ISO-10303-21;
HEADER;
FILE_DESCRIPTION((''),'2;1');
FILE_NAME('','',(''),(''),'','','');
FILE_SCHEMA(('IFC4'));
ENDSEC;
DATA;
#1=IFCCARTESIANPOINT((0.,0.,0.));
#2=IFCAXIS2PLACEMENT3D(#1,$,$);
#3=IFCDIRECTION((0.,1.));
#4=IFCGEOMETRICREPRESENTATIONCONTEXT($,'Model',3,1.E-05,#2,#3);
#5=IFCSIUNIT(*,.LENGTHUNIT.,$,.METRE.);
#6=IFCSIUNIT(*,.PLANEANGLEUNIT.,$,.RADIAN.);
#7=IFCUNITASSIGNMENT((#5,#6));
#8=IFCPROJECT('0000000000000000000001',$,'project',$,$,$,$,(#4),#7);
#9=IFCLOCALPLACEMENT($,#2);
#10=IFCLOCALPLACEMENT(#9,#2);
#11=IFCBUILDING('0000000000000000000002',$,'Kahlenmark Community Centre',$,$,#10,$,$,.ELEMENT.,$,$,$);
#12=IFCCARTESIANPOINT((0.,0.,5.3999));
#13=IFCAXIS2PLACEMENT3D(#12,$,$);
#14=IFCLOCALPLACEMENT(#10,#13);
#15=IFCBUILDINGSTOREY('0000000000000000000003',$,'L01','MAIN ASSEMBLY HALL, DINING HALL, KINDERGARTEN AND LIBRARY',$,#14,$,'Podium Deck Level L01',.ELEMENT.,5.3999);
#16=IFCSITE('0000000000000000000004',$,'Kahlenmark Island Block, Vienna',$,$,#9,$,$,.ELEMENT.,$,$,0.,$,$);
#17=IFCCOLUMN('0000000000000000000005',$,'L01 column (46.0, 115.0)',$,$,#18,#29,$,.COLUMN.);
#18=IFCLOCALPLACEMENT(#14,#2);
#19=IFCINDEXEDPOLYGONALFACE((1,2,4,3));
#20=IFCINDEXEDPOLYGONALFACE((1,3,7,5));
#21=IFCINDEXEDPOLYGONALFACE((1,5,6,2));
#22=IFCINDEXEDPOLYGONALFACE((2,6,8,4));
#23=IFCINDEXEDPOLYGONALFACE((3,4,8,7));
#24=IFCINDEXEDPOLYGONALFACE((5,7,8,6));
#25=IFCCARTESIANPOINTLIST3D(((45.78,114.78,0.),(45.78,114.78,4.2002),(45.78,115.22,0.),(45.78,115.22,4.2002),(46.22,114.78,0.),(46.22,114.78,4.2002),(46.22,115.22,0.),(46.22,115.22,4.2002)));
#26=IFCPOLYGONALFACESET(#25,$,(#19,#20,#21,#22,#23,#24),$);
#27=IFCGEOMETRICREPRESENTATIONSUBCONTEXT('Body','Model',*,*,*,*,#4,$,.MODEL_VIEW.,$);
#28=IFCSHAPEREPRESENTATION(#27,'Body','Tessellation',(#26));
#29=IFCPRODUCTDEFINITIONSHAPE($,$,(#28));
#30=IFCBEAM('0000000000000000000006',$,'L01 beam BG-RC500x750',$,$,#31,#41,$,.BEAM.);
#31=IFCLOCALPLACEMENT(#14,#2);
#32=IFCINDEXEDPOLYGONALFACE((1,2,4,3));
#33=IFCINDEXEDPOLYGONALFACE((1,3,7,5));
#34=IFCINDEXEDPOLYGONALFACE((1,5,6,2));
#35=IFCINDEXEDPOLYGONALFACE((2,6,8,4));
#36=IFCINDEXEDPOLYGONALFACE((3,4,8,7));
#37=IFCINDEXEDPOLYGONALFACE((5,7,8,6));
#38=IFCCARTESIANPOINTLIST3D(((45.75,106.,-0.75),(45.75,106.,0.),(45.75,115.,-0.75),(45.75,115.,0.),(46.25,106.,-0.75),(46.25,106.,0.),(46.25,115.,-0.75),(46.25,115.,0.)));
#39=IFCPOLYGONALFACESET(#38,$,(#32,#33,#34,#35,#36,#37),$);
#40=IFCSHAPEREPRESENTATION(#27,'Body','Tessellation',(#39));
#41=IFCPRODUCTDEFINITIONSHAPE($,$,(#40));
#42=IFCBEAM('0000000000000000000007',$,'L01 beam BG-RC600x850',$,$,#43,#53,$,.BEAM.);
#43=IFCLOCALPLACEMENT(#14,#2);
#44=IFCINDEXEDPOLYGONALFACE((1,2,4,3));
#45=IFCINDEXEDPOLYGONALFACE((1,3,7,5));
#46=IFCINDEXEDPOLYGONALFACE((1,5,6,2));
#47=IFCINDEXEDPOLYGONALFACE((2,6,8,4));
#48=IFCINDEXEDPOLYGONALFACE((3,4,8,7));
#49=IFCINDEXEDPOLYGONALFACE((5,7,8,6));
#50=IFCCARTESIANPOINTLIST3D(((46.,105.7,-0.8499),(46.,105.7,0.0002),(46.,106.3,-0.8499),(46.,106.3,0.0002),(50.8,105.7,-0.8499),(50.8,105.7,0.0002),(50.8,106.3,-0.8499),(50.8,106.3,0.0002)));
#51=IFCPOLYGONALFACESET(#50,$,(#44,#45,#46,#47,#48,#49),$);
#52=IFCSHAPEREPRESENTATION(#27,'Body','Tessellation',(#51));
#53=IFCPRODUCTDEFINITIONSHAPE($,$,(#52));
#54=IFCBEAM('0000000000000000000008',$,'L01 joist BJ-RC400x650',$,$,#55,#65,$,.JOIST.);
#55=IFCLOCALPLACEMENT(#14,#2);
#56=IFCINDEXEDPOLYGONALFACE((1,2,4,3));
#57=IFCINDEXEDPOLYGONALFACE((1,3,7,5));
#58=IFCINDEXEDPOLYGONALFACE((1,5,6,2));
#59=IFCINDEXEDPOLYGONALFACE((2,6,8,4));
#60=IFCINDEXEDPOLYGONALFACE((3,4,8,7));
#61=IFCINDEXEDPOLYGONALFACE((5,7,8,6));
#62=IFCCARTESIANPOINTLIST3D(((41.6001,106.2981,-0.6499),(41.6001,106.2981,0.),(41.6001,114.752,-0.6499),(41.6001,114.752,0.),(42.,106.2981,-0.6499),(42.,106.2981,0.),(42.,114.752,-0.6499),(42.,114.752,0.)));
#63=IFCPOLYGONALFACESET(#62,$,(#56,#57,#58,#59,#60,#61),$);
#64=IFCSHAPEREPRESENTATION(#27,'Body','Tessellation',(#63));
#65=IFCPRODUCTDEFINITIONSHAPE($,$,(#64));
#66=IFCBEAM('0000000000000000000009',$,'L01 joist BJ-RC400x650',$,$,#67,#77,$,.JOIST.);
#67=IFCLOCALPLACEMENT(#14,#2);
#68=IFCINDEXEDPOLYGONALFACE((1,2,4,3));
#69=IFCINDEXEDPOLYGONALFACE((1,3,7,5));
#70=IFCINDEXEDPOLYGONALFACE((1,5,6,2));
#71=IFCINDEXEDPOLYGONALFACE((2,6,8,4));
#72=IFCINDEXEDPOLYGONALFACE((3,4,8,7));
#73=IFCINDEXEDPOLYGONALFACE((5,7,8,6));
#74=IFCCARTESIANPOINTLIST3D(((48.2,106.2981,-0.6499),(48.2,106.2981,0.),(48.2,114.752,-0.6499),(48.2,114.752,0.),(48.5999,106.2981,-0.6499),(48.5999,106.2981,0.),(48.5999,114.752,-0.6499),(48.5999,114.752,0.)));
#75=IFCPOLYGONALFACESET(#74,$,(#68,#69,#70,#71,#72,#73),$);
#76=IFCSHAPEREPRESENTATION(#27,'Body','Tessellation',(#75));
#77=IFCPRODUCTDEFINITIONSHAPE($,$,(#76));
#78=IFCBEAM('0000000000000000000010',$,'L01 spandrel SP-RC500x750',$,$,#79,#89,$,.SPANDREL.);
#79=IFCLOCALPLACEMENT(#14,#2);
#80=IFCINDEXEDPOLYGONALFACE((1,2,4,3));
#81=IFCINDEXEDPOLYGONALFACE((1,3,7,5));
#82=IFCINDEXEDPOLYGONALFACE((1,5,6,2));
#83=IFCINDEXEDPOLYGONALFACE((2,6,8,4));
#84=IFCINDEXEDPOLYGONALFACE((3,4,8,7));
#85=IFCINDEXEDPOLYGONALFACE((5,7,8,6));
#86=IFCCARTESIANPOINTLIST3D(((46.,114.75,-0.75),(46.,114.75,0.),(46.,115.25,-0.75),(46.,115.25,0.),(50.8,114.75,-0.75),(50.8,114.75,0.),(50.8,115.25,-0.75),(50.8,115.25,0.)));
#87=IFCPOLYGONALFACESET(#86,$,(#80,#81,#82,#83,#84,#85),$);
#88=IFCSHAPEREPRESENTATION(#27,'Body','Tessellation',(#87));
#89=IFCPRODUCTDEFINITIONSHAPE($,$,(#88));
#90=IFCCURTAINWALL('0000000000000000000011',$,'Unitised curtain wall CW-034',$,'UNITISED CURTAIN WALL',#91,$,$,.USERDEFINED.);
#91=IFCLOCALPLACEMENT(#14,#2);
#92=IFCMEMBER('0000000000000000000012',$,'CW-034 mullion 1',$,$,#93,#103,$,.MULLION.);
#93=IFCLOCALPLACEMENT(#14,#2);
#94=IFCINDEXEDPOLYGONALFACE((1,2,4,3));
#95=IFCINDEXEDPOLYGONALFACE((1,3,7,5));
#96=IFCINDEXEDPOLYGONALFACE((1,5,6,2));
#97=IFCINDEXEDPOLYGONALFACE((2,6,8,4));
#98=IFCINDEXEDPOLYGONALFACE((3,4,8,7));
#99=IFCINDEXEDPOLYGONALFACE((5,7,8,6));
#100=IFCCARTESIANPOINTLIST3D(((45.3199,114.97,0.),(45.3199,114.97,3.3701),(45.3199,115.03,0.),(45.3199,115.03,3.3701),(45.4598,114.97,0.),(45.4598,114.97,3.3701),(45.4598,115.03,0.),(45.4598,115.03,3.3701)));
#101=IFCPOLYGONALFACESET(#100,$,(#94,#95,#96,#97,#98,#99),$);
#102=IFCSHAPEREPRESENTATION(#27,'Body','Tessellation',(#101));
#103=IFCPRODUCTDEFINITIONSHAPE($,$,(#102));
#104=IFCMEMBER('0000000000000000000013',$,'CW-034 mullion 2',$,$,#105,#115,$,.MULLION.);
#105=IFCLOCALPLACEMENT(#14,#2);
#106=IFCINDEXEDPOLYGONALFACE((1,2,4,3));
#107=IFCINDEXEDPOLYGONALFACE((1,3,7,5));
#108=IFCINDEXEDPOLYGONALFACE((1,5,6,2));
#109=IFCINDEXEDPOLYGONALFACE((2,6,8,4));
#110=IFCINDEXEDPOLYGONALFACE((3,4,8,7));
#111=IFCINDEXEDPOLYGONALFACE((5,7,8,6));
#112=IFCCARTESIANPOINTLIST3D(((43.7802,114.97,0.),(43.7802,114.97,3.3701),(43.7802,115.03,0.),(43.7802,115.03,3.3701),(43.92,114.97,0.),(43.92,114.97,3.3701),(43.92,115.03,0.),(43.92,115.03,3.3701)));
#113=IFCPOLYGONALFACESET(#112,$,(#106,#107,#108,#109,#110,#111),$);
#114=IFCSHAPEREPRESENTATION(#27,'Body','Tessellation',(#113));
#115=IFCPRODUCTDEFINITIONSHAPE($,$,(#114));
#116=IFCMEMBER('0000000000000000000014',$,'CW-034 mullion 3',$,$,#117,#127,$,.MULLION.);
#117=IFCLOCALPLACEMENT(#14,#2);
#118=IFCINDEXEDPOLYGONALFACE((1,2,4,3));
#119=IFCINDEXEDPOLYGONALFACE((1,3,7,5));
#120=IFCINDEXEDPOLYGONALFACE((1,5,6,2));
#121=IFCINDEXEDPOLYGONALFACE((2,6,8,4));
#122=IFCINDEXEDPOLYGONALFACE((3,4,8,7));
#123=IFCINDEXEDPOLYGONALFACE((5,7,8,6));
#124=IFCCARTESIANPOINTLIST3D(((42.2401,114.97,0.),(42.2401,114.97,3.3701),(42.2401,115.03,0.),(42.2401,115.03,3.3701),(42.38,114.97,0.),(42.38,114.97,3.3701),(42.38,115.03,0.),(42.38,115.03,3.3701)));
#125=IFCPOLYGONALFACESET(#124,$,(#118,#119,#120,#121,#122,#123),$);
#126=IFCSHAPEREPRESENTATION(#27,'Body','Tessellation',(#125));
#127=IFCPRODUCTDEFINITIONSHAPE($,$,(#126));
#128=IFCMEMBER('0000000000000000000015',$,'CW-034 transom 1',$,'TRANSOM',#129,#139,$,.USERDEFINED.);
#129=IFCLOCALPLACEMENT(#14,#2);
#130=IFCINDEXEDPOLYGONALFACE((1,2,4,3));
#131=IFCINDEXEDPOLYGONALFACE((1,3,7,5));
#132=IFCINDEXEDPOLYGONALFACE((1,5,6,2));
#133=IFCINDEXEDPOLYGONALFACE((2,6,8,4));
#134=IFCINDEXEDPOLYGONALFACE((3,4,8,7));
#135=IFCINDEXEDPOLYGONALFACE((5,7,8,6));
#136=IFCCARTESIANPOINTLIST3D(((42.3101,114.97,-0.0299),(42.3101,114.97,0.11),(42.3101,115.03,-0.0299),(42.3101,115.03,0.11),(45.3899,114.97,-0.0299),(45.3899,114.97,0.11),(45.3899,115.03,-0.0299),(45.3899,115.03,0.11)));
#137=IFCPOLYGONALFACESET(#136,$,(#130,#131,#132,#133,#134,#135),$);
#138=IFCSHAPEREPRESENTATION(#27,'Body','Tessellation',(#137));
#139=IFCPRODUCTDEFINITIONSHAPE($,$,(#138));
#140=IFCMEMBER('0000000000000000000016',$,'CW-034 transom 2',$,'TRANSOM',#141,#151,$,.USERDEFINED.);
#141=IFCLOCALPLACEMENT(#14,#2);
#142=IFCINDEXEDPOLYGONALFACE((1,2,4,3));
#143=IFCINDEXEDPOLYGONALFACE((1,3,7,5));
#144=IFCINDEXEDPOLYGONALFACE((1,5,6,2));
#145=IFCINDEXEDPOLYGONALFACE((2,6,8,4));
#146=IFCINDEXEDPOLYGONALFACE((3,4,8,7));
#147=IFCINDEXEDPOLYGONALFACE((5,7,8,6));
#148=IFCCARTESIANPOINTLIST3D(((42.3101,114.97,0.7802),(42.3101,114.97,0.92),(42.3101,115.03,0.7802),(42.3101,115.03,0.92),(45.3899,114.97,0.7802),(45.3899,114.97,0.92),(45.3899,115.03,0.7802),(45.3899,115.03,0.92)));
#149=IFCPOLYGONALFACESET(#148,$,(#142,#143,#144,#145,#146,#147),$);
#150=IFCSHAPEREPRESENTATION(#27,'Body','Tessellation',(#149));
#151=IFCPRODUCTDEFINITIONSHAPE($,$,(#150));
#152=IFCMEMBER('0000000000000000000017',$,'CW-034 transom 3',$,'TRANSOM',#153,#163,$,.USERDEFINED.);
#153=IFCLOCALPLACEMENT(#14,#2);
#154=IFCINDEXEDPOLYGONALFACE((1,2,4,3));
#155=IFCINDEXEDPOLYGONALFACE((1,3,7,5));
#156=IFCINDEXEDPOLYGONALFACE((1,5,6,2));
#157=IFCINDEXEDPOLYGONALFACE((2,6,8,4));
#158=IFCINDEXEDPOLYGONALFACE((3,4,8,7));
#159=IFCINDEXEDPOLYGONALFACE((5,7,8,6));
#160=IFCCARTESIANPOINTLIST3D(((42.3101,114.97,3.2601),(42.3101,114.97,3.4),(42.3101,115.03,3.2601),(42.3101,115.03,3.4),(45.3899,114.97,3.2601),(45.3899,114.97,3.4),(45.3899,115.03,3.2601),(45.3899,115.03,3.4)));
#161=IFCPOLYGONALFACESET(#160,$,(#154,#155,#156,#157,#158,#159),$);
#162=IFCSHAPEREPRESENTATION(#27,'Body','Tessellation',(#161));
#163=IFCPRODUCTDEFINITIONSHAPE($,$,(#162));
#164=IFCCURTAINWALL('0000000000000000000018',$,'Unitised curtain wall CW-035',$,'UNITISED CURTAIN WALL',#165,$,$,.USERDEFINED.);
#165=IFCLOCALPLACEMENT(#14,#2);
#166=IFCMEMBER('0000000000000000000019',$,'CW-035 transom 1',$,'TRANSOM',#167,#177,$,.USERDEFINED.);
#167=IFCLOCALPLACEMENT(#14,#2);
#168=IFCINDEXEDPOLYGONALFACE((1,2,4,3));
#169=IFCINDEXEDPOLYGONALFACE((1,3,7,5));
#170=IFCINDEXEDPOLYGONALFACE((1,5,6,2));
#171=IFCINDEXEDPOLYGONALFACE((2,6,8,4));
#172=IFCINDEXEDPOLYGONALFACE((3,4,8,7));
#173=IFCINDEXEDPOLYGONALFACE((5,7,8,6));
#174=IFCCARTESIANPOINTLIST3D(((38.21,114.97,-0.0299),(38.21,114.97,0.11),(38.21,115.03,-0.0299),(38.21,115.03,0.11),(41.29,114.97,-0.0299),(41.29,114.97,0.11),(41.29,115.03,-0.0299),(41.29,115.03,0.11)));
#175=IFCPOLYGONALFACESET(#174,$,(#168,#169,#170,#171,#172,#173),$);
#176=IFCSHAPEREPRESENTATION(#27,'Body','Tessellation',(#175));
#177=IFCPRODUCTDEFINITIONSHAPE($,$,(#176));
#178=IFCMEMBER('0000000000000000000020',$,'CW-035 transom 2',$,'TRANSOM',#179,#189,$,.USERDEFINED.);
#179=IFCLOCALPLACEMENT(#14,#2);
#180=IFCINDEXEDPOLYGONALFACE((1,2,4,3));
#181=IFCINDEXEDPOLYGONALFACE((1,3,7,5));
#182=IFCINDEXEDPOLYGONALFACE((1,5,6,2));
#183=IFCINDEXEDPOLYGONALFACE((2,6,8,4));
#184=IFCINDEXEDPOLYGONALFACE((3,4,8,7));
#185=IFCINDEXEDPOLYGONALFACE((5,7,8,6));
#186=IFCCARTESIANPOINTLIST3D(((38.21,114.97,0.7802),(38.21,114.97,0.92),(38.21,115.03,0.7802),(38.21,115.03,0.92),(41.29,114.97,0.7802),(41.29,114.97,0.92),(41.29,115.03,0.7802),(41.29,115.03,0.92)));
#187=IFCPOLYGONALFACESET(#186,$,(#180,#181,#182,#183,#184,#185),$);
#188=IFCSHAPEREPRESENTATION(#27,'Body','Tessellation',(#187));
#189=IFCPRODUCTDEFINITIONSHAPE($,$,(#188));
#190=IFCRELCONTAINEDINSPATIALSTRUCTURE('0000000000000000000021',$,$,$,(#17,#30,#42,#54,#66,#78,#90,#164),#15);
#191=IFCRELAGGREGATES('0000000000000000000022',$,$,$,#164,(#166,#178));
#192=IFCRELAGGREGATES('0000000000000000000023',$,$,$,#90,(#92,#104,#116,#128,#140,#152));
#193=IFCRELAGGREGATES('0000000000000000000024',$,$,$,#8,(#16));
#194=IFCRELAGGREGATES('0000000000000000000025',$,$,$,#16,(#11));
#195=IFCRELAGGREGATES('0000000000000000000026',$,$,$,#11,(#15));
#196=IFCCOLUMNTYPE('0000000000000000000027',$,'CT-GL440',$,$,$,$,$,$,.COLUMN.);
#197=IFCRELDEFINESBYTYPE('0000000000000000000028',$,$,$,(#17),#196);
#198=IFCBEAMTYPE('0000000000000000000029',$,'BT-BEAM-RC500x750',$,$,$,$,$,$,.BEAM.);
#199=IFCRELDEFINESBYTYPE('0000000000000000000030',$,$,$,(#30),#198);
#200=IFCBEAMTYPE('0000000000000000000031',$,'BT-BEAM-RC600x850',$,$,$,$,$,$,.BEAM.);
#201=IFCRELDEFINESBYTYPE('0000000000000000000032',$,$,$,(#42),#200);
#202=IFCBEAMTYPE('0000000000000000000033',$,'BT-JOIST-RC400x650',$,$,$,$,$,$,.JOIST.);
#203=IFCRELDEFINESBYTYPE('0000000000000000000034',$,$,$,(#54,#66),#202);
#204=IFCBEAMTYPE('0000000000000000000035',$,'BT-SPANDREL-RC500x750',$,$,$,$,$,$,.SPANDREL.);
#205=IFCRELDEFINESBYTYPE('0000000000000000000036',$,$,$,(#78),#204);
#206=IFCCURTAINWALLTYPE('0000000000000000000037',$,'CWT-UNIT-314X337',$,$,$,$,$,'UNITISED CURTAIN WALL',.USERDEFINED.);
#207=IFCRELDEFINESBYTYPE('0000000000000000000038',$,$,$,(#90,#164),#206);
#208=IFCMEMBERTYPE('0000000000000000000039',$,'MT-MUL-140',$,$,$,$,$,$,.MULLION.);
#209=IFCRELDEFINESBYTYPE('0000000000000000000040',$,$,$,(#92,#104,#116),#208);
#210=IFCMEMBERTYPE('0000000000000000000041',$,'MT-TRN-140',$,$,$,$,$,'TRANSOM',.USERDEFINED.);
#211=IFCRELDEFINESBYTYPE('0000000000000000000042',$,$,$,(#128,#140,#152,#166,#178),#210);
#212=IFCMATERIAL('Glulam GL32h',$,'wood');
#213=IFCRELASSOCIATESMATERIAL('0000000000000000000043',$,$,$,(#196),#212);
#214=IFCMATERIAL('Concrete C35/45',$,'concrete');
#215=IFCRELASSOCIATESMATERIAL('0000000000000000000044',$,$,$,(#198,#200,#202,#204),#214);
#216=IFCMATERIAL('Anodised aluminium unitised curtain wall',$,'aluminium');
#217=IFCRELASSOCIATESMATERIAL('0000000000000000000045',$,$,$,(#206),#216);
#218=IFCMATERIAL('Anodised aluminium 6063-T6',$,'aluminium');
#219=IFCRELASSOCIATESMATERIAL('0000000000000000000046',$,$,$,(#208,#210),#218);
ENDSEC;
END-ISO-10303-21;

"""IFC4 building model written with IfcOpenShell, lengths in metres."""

from ifc_helpers import new_model, si_unit, direction, frame, origin, origin_2d, place, context, subcontext, project, spatial, rectangle, extrude, material, material_profile, profile_set, type_object, element, aggregate, save


model = new_model("IFC4")

# Units and contexts
model_context = context("Model", 3, precision=1e-05, world=origin(), true_north=direction((0.0, 1.0)))
body_context = subcontext(model_context, "Body", "Model", "MODEL_VIEW")
ifc_project = project(units=[si_unit("LENGTHUNIT", "METRE"), si_unit("PLANEANGLEUNIT", "RADIAN")], contexts=[model_context])

# Site, building, storey
site_placement = place(None, origin())
site = spatial("IfcSite", under=ifc_project, at=site_placement, Name="Kahlenmark Island Block, Vienna", CompositionType="ELEMENT", RefElevation=0.0)
building_placement = place(site_placement, origin())
building = spatial("IfcBuilding", under=site, at=building_placement, Name="Kahlenmark Community Centre", CompositionType="ELEMENT")
storey_placement = place(building_placement, frame((0.0, 0.0, 5.3999)))
storey = spatial("IfcBuildingStorey", under=building, at=storey_placement, Name="L01", Description="MAIN ASSEMBLY HALL, DINING HALL, KINDERGARTEN AND LIBRARY", LongName="Podium Deck Level L01", CompositionType="ELEMENT", Elevation=5.3999)

# Column
ifc_material_1 = material(Name="Glulam GL32h", Category="wood")
ifc_material_profile_1 = material_profile(ifc_material_1, rectangle(XDim=0.4399, YDim=0.4399, at=origin_2d()), Name="GL32h 440x440")
ifc_profile_set_1 = profile_set([ifc_material_profile_1], Name="Glulam GL32h")
column_type = type_object("IfcColumnType", Name="CT-GL440", PredefinedType="COLUMN", material=ifc_profile_set_1)
column_placement = place(storey_placement, frame((46.0, 115.0, 0.0), z_axis=(0.0, 0.0, 1.0), x_axis=(1.0, 0.0, 0.0)))
element("IfcColumn", 1, at=column_placement, inside=storey, type_object=column_type, Name="L01 column (46.0, 115.0)", PredefinedType="COLUMN", context=body_context, shape_type="SweptSolid", body=[
    extrude(rectangle(XDim=0.4399, YDim=0.4399, at=origin_2d()), origin(), (0.0, 0.0, 1.0), 4.2002),
])

# Beams
ifc_material_2 = material(Name="Concrete C35/45", Category="concrete")
ifc_material_profile_2 = material_profile(ifc_material_2, rectangle(XDim=0.5, YDim=0.75, at=origin_2d()), Name="RC 500x750")
ifc_profile_set_2 = profile_set([ifc_material_profile_2], Name="Concrete C35/45")
beam_type_1 = type_object("IfcBeamType", Name="BT-BEAM-RC500x750", PredefinedType="BEAM", material=ifc_profile_set_2)
beam_1_placement = place(storey_placement, frame((46.0, 106.0, -0.375), z_axis=(0.0, 1.0, 0.0), x_axis=(-1.0, 0.0, 0.0)))
element("IfcBeam", 2, at=beam_1_placement, inside=storey, type_object=beam_type_1, Name="L01 beam BG-RC500x750", PredefinedType="BEAM", context=body_context, shape_type="SweptSolid", body=[
    extrude(rectangle(XDim=0.5, YDim=0.75, at=origin_2d()), origin(), (0.0, 0.0, 1.0), 9.0),
])
ifc_material_profile_3 = material_profile(ifc_material_2, rectangle(XDim=0.6001, YDim=0.8501, at=origin_2d()), Name="RC 600x850")
ifc_profile_set_3 = profile_set([ifc_material_profile_3], Name="Concrete C35/45")
beam_type_2 = type_object("IfcBeamType", Name="BT-BEAM-RC600x850", PredefinedType="BEAM", material=ifc_profile_set_3)
beam_2_placement = place(storey_placement, frame((46.0, 106.0, -0.4248), z_axis=(1.0, 0.0, 0.0), x_axis=(0.0, 1.0, 0.0)))
element("IfcBeam", 3, at=beam_2_placement, inside=storey, type_object=beam_type_2, Name="L01 beam BG-RC600x850", PredefinedType="BEAM", context=body_context, shape_type="SweptSolid", body=[
    extrude(rectangle(XDim=0.6001, YDim=0.8501, at=origin_2d()), origin(), (0.0, 0.0, 1.0), 4.8),
])
ifc_material_profile_4 = material_profile(ifc_material_2, rectangle(XDim=0.3999, YDim=0.6499, at=origin_2d()), Name="RC 400x650")
ifc_profile_set_4 = profile_set([ifc_material_profile_4], Name="Concrete C35/45")
beam_type_3 = type_object("IfcBeamType", Name="BT-JOIST-RC400x650", PredefinedType="JOIST", material=ifc_profile_set_4)
for number, where, z_axis, x_axis, name in (
    (4, (41.8, 106.2981, -0.325), (0.0, 1.0, 0.0), (-1.0, 0.0, 0.0), "L01 joist BJ-RC400x650"),
    (5, (48.3999, 106.2981, -0.325), (0.0, 1.0, 0.0), (-1.0, 0.0, 0.0), "L01 joist BJ-RC400x650"),
):
    element("IfcBeam", number, at=place(storey_placement, frame(where, z_axis=z_axis, x_axis=x_axis)), inside=storey, type_object=beam_type_3, Name=name, PredefinedType="JOIST", context=body_context, shape_type="SweptSolid", body=[
        extrude(rectangle(XDim=0.3999, YDim=0.6499, at=origin_2d()), origin(), (0.0, 0.0, 1.0), 8.4539),
    ])
ifc_material_profile_5 = material_profile(ifc_material_2, rectangle(XDim=0.5, YDim=0.75, at=origin_2d()), Name="RC 500x750")
ifc_profile_set_5 = profile_set([ifc_material_profile_5], Name="Concrete C35/45")
beam_type_4 = type_object("IfcBeamType", Name="BT-SPANDREL-RC500x750", PredefinedType="SPANDREL", material=ifc_profile_set_5)
beam_3_placement = place(storey_placement, frame((46.0, 115.0, -0.375), z_axis=(1.0, 0.0, 0.0), x_axis=(0.0, 1.0, 0.0)))
element("IfcBeam", 6, at=beam_3_placement, inside=storey, type_object=beam_type_4, Name="L01 spandrel SP-RC500x750", PredefinedType="SPANDREL", context=body_context, shape_type="SweptSolid", body=[
    extrude(rectangle(XDim=0.5, YDim=0.75, at=origin_2d()), origin(), (0.0, 0.0, 1.0), 4.8),
])

# Curtain walls, members
ifc_material_3 = material(Name="Anodised aluminium unitised curtain wall", Category="aluminium")
curtain_wall_type = type_object("IfcCurtainWallType", Name="CWT-UNIT-314X337", ElementType="UNITISED CURTAIN WALL", PredefinedType="USERDEFINED", material=ifc_material_3)
curtain_wall_1_placement = place(storey_placement, origin())
curtain_wall_1 = element("IfcCurtainWall", 7, at=curtain_wall_1_placement, inside=storey, type_object=curtain_wall_type, Name="Unitised curtain wall CW-034", ObjectType="UNITISED CURTAIN WALL", PredefinedType="USERDEFINED")
ifc_material_4 = material(Name="Anodised aluminium 6063-T6", Category="aluminium")
ifc_material_profile_6 = material_profile(ifc_material_4, rectangle(XDim=0.0601, YDim=0.1399, at=origin_2d()), Name="ALU MULLION 60x140")
ifc_profile_set_6 = profile_set([ifc_material_profile_6], Name="Anodised aluminium 6063-T6")
member_type_1 = type_object("IfcMemberType", Name="MT-MUL-140", PredefinedType="MULLION", material=ifc_profile_set_6)
member_1_placement = place(storey_placement, frame((45.3899, 115.0, 0.0), z_axis=(0.0, 0.0, 1.0), x_axis=(0.0, -1.0, 0.0)))
member_1 = element("IfcMember", 8, at=member_1_placement, type_object=member_type_1, Name="CW-034 mullion 1", PredefinedType="MULLION", context=body_context, shape_type="SweptSolid", body=[
    extrude(rectangle(XDim=0.0601, YDim=0.1399, at=origin_2d()), origin(), (0.0, 0.0, 1.0), 3.3701),
])
member_2_placement = place(storey_placement, frame((43.8501, 115.0, 0.0), z_axis=(0.0, 0.0, 1.0), x_axis=(0.0, -1.0, 0.0)))
member_2 = element("IfcMember", 9, at=member_2_placement, type_object=member_type_1, Name="CW-034 mullion 2", PredefinedType="MULLION", context=body_context, shape_type="SweptSolid", body=[
    extrude(rectangle(XDim=0.0601, YDim=0.1399, at=origin_2d()), origin(), (0.0, 0.0, 1.0), 3.3701),
])
member_3_placement = place(storey_placement, frame((42.3101, 115.0, 0.0), z_axis=(0.0, 0.0, 1.0), x_axis=(0.0, -1.0, 0.0)))
member_3 = element("IfcMember", 10, at=member_3_placement, type_object=member_type_1, Name="CW-034 mullion 3", PredefinedType="MULLION", context=body_context, shape_type="SweptSolid", body=[
    extrude(rectangle(XDim=0.0601, YDim=0.1399, at=origin_2d()), origin(), (0.0, 0.0, 1.0), 3.3701),
])
ifc_material_profile_7 = material_profile(ifc_material_4, rectangle(XDim=0.0601, YDim=0.1399, at=origin_2d()), Name="ALU TRANSOM 60x140")
ifc_profile_set_7 = profile_set([ifc_material_profile_7], Name="Anodised aluminium 6063-T6")
member_type_2 = type_object("IfcMemberType", Name="MT-TRN-140", ElementType="TRANSOM", PredefinedType="USERDEFINED", material=ifc_profile_set_7)
member_4_placement = place(storey_placement, frame((45.3899, 115.0, 0.04), z_axis=(-1.0, 0.0, 0.0), x_axis=(0.0, -1.0, 0.0)))
member_4 = element("IfcMember", 11, at=member_4_placement, type_object=member_type_2, Name="CW-034 transom 1", ObjectType="TRANSOM", PredefinedType="USERDEFINED", context=body_context, shape_type="SweptSolid", body=[
    extrude(rectangle(XDim=0.0601, YDim=0.1399, at=origin_2d()), origin(), (0.0, 0.0, 1.0), 3.0798),
])
member_5_placement = place(storey_placement, frame((45.3899, 115.0, 0.8501), z_axis=(-1.0, 0.0, 0.0), x_axis=(0.0, -1.0, 0.0)))
member_5 = element("IfcMember", 12, at=member_5_placement, type_object=member_type_2, Name="CW-034 transom 2", ObjectType="TRANSOM", PredefinedType="USERDEFINED", context=body_context, shape_type="SweptSolid", body=[
    extrude(rectangle(XDim=0.0601, YDim=0.1399, at=origin_2d()), origin(), (0.0, 0.0, 1.0), 3.0798),
])
member_6_placement = place(storey_placement, frame((45.3899, 115.0, 3.3301), z_axis=(-1.0, 0.0, 0.0), x_axis=(0.0, -1.0, 0.0)))
member_6 = element("IfcMember", 13, at=member_6_placement, type_object=member_type_2, Name="CW-034 transom 3", ObjectType="TRANSOM", PredefinedType="USERDEFINED", context=body_context, shape_type="SweptSolid", body=[
    extrude(rectangle(XDim=0.0601, YDim=0.1399, at=origin_2d()), origin(), (0.0, 0.0, 1.0), 3.0798),
])
curtain_wall_2_placement = place(storey_placement, origin())
curtain_wall_2 = element("IfcCurtainWall", 14, at=curtain_wall_2_placement, inside=storey, type_object=curtain_wall_type, Name="Unitised curtain wall CW-035", ObjectType="UNITISED CURTAIN WALL", PredefinedType="USERDEFINED")
member_7_placement = place(storey_placement, frame((41.29, 115.0, 0.04), z_axis=(-1.0, 0.0, 0.0), x_axis=(0.0, -1.0, 0.0)))
member_7 = element("IfcMember", 15, at=member_7_placement, type_object=member_type_2, Name="CW-035 transom 1", ObjectType="TRANSOM", PredefinedType="USERDEFINED", context=body_context, shape_type="SweptSolid", body=[
    extrude(rectangle(XDim=0.0601, YDim=0.1399, at=origin_2d()), origin(), (0.0, 0.0, 1.0), 3.0801),
])
member_8_placement = place(storey_placement, frame((41.29, 115.0, 0.8501), z_axis=(-1.0, 0.0, 0.0), x_axis=(0.0, -1.0, 0.0)))
member_8 = element("IfcMember", 16, at=member_8_placement, type_object=member_type_2, Name="CW-035 transom 2", ObjectType="TRANSOM", PredefinedType="USERDEFINED", context=body_context, shape_type="SweptSolid", body=[
    extrude(rectangle(XDim=0.0601, YDim=0.1399, at=origin_2d()), origin(), (0.0, 0.0, 1.0), 3.0801),
])
aggregate(curtain_wall_2, [member_7, member_8])

aggregate(curtain_wall_1, [member_1, member_2, member_3, member_4, member_5, member_6])

save(model, "model.ifc")
